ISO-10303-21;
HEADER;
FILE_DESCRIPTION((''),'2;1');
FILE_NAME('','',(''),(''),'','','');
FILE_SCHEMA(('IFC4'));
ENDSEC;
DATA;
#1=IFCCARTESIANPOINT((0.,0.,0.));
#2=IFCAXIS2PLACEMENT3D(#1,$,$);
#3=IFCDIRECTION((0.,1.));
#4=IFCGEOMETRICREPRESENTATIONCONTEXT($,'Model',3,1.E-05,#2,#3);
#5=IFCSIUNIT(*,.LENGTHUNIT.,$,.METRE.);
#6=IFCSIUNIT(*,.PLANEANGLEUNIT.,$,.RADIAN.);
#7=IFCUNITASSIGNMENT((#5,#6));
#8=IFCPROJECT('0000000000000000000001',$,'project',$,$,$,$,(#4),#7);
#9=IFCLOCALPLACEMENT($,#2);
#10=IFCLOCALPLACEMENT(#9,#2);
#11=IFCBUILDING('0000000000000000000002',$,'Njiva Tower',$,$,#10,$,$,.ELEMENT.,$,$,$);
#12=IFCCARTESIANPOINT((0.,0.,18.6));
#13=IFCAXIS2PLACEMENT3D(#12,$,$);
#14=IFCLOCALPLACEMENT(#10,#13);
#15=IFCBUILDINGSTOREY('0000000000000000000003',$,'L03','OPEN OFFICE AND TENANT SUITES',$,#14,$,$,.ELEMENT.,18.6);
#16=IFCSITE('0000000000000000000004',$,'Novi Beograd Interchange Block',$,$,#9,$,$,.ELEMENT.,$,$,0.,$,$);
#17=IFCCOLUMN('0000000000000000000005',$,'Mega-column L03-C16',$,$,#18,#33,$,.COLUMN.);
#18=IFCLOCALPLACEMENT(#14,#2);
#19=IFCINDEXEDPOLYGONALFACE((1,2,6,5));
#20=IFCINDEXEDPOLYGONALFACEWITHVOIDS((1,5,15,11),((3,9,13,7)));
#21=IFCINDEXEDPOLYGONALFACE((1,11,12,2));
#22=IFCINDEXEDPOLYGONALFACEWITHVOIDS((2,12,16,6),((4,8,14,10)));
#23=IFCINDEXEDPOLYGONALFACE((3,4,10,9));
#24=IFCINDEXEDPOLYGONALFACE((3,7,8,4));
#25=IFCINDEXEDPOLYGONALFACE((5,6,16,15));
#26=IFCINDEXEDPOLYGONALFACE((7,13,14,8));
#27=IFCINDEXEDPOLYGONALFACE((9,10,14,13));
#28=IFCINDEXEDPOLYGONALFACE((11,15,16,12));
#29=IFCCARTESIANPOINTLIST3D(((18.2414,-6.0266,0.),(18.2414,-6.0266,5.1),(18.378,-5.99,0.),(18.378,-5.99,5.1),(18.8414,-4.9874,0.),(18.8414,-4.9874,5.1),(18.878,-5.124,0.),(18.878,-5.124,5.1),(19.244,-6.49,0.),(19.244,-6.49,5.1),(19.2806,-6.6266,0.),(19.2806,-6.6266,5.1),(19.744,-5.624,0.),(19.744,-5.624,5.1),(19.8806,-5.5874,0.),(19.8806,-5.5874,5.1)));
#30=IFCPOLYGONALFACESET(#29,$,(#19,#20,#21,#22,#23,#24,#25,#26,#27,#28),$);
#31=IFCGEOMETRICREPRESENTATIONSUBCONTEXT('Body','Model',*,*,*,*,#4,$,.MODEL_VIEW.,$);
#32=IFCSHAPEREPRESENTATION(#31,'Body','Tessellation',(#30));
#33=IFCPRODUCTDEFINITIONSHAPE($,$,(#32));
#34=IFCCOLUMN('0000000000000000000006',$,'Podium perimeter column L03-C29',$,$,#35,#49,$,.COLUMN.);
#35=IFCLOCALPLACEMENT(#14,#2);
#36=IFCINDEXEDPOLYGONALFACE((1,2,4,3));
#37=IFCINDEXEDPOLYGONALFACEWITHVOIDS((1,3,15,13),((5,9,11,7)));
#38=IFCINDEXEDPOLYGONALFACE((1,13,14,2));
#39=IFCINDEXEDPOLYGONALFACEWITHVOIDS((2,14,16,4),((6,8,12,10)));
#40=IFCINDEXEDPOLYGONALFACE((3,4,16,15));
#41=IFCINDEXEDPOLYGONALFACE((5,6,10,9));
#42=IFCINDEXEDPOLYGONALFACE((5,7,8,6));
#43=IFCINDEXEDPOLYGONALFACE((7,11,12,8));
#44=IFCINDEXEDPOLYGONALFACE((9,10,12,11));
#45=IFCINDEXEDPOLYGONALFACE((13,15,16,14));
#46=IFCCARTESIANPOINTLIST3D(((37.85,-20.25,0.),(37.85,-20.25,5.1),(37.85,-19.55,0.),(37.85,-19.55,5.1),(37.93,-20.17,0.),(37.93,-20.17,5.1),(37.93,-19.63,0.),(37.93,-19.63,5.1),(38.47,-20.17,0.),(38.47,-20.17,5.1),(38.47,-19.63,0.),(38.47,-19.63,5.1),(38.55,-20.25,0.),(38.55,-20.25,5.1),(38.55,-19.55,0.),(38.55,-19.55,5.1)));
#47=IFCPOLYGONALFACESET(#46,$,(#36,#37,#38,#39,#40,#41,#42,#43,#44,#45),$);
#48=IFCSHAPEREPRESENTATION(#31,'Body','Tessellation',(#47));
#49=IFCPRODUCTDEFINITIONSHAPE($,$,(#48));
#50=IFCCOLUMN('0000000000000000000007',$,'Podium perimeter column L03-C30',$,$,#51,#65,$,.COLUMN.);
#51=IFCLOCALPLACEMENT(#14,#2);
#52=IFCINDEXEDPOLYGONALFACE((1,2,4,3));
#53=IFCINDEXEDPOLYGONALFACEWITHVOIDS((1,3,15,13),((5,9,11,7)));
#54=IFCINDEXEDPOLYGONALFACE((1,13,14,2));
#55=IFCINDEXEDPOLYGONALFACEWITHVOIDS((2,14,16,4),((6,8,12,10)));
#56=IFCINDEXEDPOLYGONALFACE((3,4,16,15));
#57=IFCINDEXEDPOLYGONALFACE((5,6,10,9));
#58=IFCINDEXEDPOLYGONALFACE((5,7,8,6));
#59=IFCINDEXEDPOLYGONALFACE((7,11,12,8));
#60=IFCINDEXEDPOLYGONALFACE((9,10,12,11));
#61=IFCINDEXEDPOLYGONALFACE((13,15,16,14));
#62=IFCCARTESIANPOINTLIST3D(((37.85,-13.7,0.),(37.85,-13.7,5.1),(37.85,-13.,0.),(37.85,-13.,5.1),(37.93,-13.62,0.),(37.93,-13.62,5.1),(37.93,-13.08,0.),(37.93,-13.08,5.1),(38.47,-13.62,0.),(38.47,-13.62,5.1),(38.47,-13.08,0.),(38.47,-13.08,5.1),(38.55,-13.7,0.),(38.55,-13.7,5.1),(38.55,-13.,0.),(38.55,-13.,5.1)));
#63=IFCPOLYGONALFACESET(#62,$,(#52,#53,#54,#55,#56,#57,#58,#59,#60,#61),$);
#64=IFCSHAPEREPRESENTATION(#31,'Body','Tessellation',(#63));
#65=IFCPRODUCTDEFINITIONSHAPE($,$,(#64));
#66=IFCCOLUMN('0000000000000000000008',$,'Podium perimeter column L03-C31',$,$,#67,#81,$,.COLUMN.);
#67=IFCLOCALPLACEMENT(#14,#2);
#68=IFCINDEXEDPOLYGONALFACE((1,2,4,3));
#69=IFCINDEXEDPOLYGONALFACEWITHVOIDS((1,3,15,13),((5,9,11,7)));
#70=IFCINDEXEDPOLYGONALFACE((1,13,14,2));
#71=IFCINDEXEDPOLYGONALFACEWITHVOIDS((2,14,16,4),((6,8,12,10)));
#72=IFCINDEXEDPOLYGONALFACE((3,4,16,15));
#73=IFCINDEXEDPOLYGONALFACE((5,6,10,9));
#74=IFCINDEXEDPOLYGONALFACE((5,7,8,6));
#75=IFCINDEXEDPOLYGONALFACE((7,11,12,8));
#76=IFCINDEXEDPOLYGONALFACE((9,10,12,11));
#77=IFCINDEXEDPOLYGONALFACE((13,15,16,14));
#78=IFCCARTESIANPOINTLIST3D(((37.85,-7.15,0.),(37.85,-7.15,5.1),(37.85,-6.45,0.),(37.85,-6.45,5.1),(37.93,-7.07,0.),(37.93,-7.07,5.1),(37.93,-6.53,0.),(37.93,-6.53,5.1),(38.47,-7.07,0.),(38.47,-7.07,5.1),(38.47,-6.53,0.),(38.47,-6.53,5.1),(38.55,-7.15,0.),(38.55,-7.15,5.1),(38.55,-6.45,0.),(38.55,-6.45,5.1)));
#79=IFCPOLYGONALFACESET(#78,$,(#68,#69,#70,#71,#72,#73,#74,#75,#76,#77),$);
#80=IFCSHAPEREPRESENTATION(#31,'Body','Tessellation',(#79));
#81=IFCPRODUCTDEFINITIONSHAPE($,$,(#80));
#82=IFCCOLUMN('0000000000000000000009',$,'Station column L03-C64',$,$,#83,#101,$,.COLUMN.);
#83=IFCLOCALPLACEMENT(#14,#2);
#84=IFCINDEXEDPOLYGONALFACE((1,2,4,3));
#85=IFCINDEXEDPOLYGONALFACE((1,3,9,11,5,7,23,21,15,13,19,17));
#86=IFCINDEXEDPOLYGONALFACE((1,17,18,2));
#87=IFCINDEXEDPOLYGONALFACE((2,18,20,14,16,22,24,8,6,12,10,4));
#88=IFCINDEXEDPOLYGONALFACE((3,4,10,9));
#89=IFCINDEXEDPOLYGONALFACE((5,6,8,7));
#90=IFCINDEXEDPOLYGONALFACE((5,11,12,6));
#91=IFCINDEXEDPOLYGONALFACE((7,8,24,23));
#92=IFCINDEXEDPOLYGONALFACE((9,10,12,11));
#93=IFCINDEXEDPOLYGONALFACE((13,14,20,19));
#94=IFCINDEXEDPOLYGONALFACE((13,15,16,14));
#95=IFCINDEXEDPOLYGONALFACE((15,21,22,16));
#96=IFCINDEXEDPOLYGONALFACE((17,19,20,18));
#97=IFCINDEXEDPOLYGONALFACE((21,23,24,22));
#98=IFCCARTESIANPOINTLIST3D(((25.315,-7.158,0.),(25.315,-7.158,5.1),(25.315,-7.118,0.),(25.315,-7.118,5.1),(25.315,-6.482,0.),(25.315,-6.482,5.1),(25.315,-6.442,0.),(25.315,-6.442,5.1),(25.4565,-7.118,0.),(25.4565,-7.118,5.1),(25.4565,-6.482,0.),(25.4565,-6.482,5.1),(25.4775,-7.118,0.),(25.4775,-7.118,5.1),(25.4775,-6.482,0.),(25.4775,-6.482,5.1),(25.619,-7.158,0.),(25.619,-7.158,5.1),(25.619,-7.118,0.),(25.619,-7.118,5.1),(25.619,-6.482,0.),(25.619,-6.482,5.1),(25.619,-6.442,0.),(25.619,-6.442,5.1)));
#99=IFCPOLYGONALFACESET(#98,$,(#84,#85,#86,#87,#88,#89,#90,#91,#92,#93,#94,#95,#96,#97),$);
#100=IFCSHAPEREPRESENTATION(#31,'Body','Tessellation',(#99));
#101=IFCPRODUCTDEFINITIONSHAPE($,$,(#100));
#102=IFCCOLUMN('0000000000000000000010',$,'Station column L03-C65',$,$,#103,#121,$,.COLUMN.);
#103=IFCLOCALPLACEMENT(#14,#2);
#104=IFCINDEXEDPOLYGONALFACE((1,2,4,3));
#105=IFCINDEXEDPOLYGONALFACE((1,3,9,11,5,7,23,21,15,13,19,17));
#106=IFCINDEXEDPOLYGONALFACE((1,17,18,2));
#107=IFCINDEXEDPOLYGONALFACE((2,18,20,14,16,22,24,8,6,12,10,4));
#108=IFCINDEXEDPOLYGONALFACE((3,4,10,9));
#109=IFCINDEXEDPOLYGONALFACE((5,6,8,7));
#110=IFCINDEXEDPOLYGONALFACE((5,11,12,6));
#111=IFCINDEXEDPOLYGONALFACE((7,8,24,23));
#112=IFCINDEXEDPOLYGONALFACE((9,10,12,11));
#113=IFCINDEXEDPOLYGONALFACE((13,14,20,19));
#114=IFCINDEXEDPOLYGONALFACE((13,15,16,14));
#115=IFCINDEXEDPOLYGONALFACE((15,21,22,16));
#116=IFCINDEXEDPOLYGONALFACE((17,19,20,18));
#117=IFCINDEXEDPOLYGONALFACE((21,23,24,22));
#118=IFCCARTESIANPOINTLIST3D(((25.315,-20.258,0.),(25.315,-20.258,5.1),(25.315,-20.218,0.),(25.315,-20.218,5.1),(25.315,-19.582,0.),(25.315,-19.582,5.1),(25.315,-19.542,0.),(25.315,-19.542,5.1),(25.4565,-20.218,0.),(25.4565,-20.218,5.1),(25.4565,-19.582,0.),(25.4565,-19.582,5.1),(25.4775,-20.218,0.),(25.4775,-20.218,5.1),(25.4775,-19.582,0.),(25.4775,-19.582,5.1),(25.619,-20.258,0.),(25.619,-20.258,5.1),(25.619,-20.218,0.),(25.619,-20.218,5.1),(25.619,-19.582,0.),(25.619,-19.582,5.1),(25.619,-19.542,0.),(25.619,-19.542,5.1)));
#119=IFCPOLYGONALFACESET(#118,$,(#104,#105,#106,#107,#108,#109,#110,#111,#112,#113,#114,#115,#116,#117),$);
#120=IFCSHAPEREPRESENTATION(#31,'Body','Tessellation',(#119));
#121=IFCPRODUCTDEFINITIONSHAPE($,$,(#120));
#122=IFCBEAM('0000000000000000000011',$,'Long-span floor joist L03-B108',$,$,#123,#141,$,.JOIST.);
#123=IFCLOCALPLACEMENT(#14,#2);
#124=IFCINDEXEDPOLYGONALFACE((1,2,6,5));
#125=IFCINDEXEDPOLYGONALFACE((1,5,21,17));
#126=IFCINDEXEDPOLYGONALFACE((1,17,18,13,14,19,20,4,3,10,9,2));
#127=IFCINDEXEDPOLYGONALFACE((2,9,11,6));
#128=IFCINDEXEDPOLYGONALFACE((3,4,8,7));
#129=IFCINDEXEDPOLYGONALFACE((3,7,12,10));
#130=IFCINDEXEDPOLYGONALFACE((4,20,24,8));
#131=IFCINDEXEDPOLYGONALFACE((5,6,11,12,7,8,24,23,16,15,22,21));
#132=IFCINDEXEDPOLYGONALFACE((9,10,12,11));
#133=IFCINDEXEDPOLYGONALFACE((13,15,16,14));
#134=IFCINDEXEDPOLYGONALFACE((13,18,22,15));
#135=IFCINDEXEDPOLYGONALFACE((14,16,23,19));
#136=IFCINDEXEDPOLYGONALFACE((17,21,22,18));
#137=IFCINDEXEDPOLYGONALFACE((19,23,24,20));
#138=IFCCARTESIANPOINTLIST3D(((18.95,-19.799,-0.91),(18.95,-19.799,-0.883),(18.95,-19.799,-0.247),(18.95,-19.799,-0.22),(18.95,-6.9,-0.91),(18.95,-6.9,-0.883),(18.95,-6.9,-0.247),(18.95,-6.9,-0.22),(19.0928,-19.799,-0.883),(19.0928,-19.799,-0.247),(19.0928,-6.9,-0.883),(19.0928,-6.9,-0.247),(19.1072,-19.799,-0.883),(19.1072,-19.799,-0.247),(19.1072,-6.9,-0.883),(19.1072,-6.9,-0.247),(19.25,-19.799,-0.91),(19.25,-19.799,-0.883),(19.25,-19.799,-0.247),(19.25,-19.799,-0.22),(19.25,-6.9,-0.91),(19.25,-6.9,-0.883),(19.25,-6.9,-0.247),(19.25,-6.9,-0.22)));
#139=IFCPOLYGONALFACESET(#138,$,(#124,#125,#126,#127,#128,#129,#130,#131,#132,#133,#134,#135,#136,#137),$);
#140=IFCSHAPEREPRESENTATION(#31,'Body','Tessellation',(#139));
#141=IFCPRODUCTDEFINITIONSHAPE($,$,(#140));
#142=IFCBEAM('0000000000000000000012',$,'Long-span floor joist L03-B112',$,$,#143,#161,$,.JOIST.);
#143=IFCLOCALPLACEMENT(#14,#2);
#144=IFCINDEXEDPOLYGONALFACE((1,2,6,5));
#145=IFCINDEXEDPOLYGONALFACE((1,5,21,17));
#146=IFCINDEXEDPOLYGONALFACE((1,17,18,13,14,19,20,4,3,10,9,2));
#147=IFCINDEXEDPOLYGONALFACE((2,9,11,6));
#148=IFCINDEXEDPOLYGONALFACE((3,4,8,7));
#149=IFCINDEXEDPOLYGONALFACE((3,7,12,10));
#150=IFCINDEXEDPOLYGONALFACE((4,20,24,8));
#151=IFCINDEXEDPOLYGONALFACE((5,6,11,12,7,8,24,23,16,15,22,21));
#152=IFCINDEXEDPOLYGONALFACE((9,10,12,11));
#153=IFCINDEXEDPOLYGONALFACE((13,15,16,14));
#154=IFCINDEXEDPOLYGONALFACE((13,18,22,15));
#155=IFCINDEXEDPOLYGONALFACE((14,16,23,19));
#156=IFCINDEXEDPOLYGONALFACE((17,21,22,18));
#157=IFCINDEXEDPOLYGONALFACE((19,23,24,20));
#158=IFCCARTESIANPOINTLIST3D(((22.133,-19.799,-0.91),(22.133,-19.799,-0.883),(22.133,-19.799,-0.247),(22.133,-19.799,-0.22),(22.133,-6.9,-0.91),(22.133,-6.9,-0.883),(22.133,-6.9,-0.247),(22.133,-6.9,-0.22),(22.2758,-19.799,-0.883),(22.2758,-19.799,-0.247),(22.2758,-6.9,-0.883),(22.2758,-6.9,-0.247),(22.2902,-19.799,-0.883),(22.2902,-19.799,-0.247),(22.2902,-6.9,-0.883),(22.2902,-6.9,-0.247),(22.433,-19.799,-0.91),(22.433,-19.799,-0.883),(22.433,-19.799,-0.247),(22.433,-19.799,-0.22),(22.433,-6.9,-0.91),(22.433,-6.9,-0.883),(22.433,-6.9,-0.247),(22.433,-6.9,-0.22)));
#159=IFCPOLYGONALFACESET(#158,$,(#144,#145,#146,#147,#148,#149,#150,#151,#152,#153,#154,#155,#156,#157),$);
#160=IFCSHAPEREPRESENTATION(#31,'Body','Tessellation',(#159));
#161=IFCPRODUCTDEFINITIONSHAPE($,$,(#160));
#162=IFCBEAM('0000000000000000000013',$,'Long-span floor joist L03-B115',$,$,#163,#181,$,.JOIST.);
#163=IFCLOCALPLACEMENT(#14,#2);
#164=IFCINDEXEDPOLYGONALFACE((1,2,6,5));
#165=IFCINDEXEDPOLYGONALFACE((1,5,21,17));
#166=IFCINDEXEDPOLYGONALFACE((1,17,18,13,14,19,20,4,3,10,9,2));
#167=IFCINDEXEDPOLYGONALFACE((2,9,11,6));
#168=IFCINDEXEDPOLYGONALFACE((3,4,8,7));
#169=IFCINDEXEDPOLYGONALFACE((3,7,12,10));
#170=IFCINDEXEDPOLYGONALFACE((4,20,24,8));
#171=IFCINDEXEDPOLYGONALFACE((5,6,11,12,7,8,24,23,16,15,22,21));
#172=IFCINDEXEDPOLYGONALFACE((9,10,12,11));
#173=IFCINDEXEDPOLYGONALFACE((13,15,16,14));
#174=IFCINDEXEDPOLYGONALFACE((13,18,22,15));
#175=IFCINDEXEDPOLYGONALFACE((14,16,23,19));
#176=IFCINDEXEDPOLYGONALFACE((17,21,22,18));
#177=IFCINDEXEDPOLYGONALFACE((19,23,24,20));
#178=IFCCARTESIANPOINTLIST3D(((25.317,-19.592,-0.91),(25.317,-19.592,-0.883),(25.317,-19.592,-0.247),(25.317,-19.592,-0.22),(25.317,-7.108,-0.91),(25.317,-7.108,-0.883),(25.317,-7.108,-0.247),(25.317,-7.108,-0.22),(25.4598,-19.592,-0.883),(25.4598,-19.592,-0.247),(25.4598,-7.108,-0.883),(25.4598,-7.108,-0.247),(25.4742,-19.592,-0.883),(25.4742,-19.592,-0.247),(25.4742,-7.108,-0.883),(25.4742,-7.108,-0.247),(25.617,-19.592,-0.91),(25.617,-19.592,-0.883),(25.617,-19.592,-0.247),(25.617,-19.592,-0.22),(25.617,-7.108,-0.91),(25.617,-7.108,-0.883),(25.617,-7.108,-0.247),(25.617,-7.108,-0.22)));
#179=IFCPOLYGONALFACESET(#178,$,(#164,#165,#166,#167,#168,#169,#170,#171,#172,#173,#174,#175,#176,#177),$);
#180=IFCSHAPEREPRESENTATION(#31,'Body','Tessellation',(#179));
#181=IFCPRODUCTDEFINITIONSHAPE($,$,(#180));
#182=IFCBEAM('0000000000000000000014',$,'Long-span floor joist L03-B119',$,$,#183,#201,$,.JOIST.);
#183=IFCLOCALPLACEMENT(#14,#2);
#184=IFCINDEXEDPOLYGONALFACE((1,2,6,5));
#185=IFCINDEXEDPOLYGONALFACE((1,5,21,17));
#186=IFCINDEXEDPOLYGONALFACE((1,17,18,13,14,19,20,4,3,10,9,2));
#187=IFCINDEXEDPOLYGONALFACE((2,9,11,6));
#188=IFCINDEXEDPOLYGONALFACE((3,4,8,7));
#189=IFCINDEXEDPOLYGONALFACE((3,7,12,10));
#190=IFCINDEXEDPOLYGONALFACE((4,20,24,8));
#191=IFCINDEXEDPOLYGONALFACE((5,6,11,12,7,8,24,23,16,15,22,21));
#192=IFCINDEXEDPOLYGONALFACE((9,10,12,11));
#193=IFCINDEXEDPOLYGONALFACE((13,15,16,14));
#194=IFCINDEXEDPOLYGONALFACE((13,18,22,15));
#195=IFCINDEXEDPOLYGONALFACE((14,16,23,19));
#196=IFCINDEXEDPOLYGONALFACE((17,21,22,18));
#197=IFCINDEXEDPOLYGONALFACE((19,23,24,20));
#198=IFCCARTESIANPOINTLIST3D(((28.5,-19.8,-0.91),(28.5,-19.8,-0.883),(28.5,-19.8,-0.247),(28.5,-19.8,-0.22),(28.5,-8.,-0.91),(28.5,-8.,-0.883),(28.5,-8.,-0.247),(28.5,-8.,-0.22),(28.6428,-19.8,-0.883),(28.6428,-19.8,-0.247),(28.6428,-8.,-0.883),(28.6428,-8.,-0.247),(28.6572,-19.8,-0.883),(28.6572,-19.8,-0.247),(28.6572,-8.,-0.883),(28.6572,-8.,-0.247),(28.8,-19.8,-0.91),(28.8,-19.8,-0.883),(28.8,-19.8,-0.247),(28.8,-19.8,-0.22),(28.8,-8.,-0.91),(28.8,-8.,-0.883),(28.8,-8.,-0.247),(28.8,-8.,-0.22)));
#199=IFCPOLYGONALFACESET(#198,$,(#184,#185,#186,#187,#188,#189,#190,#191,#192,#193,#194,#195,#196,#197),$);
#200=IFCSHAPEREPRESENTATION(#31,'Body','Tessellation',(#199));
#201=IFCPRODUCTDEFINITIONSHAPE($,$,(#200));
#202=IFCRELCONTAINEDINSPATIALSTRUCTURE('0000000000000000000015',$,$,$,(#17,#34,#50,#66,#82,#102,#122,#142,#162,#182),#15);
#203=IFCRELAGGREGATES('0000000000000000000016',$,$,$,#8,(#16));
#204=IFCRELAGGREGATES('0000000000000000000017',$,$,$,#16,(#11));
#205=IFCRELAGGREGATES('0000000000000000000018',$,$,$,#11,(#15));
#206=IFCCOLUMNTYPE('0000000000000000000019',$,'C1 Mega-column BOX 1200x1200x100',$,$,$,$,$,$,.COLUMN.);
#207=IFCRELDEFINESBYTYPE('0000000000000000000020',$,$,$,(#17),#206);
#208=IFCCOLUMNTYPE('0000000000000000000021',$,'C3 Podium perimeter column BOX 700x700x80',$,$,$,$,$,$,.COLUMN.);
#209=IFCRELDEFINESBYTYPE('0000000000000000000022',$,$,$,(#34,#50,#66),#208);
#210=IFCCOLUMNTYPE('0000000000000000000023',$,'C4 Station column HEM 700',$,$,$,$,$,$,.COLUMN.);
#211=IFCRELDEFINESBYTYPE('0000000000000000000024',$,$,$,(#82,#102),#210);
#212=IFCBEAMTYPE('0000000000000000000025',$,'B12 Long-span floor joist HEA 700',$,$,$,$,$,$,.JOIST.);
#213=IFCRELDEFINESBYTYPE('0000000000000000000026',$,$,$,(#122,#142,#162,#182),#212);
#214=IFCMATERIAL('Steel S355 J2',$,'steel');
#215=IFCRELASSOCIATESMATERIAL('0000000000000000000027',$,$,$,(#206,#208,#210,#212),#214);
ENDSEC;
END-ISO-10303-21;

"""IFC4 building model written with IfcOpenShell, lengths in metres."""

from ifc_helpers import new_model, si_unit, direction, frame, origin, origin_2d, place, context, subcontext, project, spatial, hollow_rectangle, i_section, extrude, material, material_profile, profile_set, type_object, element, save


model = new_model("IFC4")

# Units and contexts
model_context = context("Model", 3, precision=1e-05, world=origin(), true_north=direction((0.0, 1.0)))
body_context = subcontext(model_context, "Body", "Model", "MODEL_VIEW")
ifc_project = project(units=[si_unit("LENGTHUNIT", "METRE"), si_unit("PLANEANGLEUNIT", "RADIAN")], contexts=[model_context])

# Site, building, storey
site_placement = place(None, origin())
site = spatial("IfcSite", under=ifc_project, at=site_placement, Name="Novi Beograd Interchange Block", CompositionType="ELEMENT", RefElevation=0.0)
building_placement = place(site_placement, origin())
building = spatial("IfcBuilding", under=site, at=building_placement, Name="Njiva Tower", CompositionType="ELEMENT")
storey_placement = place(building_placement, frame((0.0, 0.0, 18.6)))
storey = spatial("IfcBuildingStorey", under=building, at=storey_placement, Name="L03", Description="OPEN OFFICE AND TENANT SUITES", CompositionType="ELEMENT", Elevation=18.6)

# Columns
ifc_material_1 = material(Name="Steel S355 J2", Category="steel")
ifc_material_profile_1 = material_profile(ifc_material_1, hollow_rectangle(XDim=1.2, YDim=1.2, WallThickness=0.1, at=origin_2d()), Name="BOX 1200x1200x100")
ifc_profile_set_1 = profile_set([ifc_material_profile_1], Name="Steel S355 J2")
column_type_1 = type_object("IfcColumnType", Name="C1 Mega-column BOX 1200x1200x100", PredefinedType="COLUMN", material=ifc_profile_set_1)
column_placement = place(storey_placement, frame((19.061, -5.807, 0.0), z_axis=(0.0, 0.0, 1.0), x_axis=(0.5, 0.866025, 0.0)))
element("IfcColumn", 1, at=column_placement, inside=storey, type_object=column_type_1, Name="Mega-column L03-C16", PredefinedType="COLUMN", context=body_context, shape_type="SweptSolid", body=[
    extrude(hollow_rectangle(XDim=1.2, YDim=1.2, WallThickness=0.1, at=origin_2d()), origin(), (0.0, 0.0, 1.0), 5.1),
])
ifc_material_profile_2 = material_profile(ifc_material_1, hollow_rectangle(XDim=0.7, YDim=0.7, WallThickness=0.08, at=origin_2d()), Name="BOX 700x700x80")
ifc_profile_set_2 = profile_set([ifc_material_profile_2], Name="Steel S355 J2")
column_type_2 = type_object("IfcColumnType", Name="C3 Podium perimeter column BOX 700x700x80", PredefinedType="COLUMN", material=ifc_profile_set_2)
for number, where, z_axis, x_axis, name in (
    (2, (38.2, -19.9, 0.0), (0.0, 0.0, 1.0), (0.0, 1.0, 0.0), "Podium perimeter column L03-C29"),
    (3, (38.2, -13.35, 0.0), (0.0, 0.0, 1.0), (0.0, 1.0, 0.0), "Podium perimeter column L03-C30"),
    (4, (38.2, -6.8, 0.0), (0.0, 0.0, 1.0), (0.0, 1.0, 0.0), "Podium perimeter column L03-C31"),
):
    element("IfcColumn", number, at=place(storey_placement, frame(where, z_axis=z_axis, x_axis=x_axis)), inside=storey, type_object=column_type_2, Name=name, PredefinedType="COLUMN", context=body_context, shape_type="SweptSolid", body=[
        extrude(hollow_rectangle(XDim=0.7, YDim=0.7, WallThickness=0.08, at=origin_2d()), origin(), (0.0, 0.0, 1.0), 5.1),
    ])
ifc_material_profile_3 = material_profile(ifc_material_1, i_section(OverallWidth=0.304, OverallDepth=0.716, WebThickness=0.021, FlangeThickness=0.04, at=origin_2d()), Name="HEM 700")
ifc_profile_set_3 = profile_set([ifc_material_profile_3], Name="Steel S355 J2")
column_type_3 = type_object("IfcColumnType", Name="C4 Station column HEM 700", PredefinedType="COLUMN", material=ifc_profile_set_3)
for number, where, z_axis, x_axis, name in (
    (5, (25.467, -6.8, 0.0), (0.0, 0.0, 1.0), (1.0, 0.0, 0.0), "Station column L03-C64"),
    (6, (25.467, -19.9, 0.0), (0.0, 0.0, 1.0), (1.0, 0.0, 0.0), "Station column L03-C65"),
):
    element("IfcColumn", number, at=place(storey_placement, frame(where, z_axis=z_axis, x_axis=x_axis)), inside=storey, type_object=column_type_3, Name=name, PredefinedType="COLUMN", context=body_context, shape_type="SweptSolid", body=[
        extrude(i_section(OverallWidth=0.304, OverallDepth=0.716, WebThickness=0.021, FlangeThickness=0.04, at=origin_2d()), origin(), (0.0, 0.0, 1.0), 5.1),
    ])

# Beams
ifc_material_profile_4 = material_profile(ifc_material_1, i_section(OverallWidth=0.3, OverallDepth=0.69, WebThickness=0.0145, FlangeThickness=0.027, at=origin_2d()), Name="HEA 700")
ifc_profile_set_4 = profile_set([ifc_material_profile_4], Name="Steel S355 J2")
beam_type_1 = type_object("IfcBeamType", Name="B12 Long-span floor joist HEA 700", PredefinedType="JOIST", material=ifc_profile_set_4)
for number, where, z_axis, x_axis, name in (
    (7, (19.1, -6.9, -0.565), (0.0, -1.0, 0.0), (1.0, 0.0, 0.0), "Long-span floor joist L03-B108"),
    (8, (22.283, -6.9, -0.565), (0.0, -1.0, 0.0), (1.0, 0.0, 0.0), "Long-span floor joist L03-B112"),
):
    element("IfcBeam", number, at=place(storey_placement, frame(where, z_axis=z_axis, x_axis=x_axis)), inside=storey, type_object=beam_type_1, Name=name, PredefinedType="JOIST", context=body_context, shape_type="SweptSolid", body=[
        extrude(i_section(OverallWidth=0.3, OverallDepth=0.69, WebThickness=0.0145, FlangeThickness=0.027, at=origin_2d()), origin(), (0.0, 0.0, 1.0), 12.899),
    ])
beam_1_placement = place(storey_placement, frame((25.467, -7.108, -0.565), z_axis=(0.0, -1.0, 0.0), x_axis=(1.0, 0.0, 0.0)))
element("IfcBeam", 9, at=beam_1_placement, inside=storey, type_object=beam_type_1, Name="Long-span floor joist L03-B115", PredefinedType="JOIST", context=body_context, shape_type="SweptSolid", body=[
    extrude(i_section(OverallWidth=0.3, OverallDepth=0.69, WebThickness=0.0145, FlangeThickness=0.027, at=origin_2d()), origin(), (0.0, 0.0, 1.0), 12.484),
])
beam_2_placement = place(storey_placement, frame((28.65, -8.0, -0.565), z_axis=(0.0, -1.0, 0.0), x_axis=(1.0, 0.0, 0.0)))
element("IfcBeam", 10, at=beam_2_placement, inside=storey, type_object=beam_type_1, Name="Long-span floor joist L03-B119", PredefinedType="JOIST", context=body_context, shape_type="SweptSolid", body=[
    extrude(i_section(OverallWidth=0.3, OverallDepth=0.69, WebThickness=0.0145, FlangeThickness=0.027, at=origin_2d()), origin(), (0.0, 0.0, 1.0), 11.8),
])

save(model, "model.ifc")
